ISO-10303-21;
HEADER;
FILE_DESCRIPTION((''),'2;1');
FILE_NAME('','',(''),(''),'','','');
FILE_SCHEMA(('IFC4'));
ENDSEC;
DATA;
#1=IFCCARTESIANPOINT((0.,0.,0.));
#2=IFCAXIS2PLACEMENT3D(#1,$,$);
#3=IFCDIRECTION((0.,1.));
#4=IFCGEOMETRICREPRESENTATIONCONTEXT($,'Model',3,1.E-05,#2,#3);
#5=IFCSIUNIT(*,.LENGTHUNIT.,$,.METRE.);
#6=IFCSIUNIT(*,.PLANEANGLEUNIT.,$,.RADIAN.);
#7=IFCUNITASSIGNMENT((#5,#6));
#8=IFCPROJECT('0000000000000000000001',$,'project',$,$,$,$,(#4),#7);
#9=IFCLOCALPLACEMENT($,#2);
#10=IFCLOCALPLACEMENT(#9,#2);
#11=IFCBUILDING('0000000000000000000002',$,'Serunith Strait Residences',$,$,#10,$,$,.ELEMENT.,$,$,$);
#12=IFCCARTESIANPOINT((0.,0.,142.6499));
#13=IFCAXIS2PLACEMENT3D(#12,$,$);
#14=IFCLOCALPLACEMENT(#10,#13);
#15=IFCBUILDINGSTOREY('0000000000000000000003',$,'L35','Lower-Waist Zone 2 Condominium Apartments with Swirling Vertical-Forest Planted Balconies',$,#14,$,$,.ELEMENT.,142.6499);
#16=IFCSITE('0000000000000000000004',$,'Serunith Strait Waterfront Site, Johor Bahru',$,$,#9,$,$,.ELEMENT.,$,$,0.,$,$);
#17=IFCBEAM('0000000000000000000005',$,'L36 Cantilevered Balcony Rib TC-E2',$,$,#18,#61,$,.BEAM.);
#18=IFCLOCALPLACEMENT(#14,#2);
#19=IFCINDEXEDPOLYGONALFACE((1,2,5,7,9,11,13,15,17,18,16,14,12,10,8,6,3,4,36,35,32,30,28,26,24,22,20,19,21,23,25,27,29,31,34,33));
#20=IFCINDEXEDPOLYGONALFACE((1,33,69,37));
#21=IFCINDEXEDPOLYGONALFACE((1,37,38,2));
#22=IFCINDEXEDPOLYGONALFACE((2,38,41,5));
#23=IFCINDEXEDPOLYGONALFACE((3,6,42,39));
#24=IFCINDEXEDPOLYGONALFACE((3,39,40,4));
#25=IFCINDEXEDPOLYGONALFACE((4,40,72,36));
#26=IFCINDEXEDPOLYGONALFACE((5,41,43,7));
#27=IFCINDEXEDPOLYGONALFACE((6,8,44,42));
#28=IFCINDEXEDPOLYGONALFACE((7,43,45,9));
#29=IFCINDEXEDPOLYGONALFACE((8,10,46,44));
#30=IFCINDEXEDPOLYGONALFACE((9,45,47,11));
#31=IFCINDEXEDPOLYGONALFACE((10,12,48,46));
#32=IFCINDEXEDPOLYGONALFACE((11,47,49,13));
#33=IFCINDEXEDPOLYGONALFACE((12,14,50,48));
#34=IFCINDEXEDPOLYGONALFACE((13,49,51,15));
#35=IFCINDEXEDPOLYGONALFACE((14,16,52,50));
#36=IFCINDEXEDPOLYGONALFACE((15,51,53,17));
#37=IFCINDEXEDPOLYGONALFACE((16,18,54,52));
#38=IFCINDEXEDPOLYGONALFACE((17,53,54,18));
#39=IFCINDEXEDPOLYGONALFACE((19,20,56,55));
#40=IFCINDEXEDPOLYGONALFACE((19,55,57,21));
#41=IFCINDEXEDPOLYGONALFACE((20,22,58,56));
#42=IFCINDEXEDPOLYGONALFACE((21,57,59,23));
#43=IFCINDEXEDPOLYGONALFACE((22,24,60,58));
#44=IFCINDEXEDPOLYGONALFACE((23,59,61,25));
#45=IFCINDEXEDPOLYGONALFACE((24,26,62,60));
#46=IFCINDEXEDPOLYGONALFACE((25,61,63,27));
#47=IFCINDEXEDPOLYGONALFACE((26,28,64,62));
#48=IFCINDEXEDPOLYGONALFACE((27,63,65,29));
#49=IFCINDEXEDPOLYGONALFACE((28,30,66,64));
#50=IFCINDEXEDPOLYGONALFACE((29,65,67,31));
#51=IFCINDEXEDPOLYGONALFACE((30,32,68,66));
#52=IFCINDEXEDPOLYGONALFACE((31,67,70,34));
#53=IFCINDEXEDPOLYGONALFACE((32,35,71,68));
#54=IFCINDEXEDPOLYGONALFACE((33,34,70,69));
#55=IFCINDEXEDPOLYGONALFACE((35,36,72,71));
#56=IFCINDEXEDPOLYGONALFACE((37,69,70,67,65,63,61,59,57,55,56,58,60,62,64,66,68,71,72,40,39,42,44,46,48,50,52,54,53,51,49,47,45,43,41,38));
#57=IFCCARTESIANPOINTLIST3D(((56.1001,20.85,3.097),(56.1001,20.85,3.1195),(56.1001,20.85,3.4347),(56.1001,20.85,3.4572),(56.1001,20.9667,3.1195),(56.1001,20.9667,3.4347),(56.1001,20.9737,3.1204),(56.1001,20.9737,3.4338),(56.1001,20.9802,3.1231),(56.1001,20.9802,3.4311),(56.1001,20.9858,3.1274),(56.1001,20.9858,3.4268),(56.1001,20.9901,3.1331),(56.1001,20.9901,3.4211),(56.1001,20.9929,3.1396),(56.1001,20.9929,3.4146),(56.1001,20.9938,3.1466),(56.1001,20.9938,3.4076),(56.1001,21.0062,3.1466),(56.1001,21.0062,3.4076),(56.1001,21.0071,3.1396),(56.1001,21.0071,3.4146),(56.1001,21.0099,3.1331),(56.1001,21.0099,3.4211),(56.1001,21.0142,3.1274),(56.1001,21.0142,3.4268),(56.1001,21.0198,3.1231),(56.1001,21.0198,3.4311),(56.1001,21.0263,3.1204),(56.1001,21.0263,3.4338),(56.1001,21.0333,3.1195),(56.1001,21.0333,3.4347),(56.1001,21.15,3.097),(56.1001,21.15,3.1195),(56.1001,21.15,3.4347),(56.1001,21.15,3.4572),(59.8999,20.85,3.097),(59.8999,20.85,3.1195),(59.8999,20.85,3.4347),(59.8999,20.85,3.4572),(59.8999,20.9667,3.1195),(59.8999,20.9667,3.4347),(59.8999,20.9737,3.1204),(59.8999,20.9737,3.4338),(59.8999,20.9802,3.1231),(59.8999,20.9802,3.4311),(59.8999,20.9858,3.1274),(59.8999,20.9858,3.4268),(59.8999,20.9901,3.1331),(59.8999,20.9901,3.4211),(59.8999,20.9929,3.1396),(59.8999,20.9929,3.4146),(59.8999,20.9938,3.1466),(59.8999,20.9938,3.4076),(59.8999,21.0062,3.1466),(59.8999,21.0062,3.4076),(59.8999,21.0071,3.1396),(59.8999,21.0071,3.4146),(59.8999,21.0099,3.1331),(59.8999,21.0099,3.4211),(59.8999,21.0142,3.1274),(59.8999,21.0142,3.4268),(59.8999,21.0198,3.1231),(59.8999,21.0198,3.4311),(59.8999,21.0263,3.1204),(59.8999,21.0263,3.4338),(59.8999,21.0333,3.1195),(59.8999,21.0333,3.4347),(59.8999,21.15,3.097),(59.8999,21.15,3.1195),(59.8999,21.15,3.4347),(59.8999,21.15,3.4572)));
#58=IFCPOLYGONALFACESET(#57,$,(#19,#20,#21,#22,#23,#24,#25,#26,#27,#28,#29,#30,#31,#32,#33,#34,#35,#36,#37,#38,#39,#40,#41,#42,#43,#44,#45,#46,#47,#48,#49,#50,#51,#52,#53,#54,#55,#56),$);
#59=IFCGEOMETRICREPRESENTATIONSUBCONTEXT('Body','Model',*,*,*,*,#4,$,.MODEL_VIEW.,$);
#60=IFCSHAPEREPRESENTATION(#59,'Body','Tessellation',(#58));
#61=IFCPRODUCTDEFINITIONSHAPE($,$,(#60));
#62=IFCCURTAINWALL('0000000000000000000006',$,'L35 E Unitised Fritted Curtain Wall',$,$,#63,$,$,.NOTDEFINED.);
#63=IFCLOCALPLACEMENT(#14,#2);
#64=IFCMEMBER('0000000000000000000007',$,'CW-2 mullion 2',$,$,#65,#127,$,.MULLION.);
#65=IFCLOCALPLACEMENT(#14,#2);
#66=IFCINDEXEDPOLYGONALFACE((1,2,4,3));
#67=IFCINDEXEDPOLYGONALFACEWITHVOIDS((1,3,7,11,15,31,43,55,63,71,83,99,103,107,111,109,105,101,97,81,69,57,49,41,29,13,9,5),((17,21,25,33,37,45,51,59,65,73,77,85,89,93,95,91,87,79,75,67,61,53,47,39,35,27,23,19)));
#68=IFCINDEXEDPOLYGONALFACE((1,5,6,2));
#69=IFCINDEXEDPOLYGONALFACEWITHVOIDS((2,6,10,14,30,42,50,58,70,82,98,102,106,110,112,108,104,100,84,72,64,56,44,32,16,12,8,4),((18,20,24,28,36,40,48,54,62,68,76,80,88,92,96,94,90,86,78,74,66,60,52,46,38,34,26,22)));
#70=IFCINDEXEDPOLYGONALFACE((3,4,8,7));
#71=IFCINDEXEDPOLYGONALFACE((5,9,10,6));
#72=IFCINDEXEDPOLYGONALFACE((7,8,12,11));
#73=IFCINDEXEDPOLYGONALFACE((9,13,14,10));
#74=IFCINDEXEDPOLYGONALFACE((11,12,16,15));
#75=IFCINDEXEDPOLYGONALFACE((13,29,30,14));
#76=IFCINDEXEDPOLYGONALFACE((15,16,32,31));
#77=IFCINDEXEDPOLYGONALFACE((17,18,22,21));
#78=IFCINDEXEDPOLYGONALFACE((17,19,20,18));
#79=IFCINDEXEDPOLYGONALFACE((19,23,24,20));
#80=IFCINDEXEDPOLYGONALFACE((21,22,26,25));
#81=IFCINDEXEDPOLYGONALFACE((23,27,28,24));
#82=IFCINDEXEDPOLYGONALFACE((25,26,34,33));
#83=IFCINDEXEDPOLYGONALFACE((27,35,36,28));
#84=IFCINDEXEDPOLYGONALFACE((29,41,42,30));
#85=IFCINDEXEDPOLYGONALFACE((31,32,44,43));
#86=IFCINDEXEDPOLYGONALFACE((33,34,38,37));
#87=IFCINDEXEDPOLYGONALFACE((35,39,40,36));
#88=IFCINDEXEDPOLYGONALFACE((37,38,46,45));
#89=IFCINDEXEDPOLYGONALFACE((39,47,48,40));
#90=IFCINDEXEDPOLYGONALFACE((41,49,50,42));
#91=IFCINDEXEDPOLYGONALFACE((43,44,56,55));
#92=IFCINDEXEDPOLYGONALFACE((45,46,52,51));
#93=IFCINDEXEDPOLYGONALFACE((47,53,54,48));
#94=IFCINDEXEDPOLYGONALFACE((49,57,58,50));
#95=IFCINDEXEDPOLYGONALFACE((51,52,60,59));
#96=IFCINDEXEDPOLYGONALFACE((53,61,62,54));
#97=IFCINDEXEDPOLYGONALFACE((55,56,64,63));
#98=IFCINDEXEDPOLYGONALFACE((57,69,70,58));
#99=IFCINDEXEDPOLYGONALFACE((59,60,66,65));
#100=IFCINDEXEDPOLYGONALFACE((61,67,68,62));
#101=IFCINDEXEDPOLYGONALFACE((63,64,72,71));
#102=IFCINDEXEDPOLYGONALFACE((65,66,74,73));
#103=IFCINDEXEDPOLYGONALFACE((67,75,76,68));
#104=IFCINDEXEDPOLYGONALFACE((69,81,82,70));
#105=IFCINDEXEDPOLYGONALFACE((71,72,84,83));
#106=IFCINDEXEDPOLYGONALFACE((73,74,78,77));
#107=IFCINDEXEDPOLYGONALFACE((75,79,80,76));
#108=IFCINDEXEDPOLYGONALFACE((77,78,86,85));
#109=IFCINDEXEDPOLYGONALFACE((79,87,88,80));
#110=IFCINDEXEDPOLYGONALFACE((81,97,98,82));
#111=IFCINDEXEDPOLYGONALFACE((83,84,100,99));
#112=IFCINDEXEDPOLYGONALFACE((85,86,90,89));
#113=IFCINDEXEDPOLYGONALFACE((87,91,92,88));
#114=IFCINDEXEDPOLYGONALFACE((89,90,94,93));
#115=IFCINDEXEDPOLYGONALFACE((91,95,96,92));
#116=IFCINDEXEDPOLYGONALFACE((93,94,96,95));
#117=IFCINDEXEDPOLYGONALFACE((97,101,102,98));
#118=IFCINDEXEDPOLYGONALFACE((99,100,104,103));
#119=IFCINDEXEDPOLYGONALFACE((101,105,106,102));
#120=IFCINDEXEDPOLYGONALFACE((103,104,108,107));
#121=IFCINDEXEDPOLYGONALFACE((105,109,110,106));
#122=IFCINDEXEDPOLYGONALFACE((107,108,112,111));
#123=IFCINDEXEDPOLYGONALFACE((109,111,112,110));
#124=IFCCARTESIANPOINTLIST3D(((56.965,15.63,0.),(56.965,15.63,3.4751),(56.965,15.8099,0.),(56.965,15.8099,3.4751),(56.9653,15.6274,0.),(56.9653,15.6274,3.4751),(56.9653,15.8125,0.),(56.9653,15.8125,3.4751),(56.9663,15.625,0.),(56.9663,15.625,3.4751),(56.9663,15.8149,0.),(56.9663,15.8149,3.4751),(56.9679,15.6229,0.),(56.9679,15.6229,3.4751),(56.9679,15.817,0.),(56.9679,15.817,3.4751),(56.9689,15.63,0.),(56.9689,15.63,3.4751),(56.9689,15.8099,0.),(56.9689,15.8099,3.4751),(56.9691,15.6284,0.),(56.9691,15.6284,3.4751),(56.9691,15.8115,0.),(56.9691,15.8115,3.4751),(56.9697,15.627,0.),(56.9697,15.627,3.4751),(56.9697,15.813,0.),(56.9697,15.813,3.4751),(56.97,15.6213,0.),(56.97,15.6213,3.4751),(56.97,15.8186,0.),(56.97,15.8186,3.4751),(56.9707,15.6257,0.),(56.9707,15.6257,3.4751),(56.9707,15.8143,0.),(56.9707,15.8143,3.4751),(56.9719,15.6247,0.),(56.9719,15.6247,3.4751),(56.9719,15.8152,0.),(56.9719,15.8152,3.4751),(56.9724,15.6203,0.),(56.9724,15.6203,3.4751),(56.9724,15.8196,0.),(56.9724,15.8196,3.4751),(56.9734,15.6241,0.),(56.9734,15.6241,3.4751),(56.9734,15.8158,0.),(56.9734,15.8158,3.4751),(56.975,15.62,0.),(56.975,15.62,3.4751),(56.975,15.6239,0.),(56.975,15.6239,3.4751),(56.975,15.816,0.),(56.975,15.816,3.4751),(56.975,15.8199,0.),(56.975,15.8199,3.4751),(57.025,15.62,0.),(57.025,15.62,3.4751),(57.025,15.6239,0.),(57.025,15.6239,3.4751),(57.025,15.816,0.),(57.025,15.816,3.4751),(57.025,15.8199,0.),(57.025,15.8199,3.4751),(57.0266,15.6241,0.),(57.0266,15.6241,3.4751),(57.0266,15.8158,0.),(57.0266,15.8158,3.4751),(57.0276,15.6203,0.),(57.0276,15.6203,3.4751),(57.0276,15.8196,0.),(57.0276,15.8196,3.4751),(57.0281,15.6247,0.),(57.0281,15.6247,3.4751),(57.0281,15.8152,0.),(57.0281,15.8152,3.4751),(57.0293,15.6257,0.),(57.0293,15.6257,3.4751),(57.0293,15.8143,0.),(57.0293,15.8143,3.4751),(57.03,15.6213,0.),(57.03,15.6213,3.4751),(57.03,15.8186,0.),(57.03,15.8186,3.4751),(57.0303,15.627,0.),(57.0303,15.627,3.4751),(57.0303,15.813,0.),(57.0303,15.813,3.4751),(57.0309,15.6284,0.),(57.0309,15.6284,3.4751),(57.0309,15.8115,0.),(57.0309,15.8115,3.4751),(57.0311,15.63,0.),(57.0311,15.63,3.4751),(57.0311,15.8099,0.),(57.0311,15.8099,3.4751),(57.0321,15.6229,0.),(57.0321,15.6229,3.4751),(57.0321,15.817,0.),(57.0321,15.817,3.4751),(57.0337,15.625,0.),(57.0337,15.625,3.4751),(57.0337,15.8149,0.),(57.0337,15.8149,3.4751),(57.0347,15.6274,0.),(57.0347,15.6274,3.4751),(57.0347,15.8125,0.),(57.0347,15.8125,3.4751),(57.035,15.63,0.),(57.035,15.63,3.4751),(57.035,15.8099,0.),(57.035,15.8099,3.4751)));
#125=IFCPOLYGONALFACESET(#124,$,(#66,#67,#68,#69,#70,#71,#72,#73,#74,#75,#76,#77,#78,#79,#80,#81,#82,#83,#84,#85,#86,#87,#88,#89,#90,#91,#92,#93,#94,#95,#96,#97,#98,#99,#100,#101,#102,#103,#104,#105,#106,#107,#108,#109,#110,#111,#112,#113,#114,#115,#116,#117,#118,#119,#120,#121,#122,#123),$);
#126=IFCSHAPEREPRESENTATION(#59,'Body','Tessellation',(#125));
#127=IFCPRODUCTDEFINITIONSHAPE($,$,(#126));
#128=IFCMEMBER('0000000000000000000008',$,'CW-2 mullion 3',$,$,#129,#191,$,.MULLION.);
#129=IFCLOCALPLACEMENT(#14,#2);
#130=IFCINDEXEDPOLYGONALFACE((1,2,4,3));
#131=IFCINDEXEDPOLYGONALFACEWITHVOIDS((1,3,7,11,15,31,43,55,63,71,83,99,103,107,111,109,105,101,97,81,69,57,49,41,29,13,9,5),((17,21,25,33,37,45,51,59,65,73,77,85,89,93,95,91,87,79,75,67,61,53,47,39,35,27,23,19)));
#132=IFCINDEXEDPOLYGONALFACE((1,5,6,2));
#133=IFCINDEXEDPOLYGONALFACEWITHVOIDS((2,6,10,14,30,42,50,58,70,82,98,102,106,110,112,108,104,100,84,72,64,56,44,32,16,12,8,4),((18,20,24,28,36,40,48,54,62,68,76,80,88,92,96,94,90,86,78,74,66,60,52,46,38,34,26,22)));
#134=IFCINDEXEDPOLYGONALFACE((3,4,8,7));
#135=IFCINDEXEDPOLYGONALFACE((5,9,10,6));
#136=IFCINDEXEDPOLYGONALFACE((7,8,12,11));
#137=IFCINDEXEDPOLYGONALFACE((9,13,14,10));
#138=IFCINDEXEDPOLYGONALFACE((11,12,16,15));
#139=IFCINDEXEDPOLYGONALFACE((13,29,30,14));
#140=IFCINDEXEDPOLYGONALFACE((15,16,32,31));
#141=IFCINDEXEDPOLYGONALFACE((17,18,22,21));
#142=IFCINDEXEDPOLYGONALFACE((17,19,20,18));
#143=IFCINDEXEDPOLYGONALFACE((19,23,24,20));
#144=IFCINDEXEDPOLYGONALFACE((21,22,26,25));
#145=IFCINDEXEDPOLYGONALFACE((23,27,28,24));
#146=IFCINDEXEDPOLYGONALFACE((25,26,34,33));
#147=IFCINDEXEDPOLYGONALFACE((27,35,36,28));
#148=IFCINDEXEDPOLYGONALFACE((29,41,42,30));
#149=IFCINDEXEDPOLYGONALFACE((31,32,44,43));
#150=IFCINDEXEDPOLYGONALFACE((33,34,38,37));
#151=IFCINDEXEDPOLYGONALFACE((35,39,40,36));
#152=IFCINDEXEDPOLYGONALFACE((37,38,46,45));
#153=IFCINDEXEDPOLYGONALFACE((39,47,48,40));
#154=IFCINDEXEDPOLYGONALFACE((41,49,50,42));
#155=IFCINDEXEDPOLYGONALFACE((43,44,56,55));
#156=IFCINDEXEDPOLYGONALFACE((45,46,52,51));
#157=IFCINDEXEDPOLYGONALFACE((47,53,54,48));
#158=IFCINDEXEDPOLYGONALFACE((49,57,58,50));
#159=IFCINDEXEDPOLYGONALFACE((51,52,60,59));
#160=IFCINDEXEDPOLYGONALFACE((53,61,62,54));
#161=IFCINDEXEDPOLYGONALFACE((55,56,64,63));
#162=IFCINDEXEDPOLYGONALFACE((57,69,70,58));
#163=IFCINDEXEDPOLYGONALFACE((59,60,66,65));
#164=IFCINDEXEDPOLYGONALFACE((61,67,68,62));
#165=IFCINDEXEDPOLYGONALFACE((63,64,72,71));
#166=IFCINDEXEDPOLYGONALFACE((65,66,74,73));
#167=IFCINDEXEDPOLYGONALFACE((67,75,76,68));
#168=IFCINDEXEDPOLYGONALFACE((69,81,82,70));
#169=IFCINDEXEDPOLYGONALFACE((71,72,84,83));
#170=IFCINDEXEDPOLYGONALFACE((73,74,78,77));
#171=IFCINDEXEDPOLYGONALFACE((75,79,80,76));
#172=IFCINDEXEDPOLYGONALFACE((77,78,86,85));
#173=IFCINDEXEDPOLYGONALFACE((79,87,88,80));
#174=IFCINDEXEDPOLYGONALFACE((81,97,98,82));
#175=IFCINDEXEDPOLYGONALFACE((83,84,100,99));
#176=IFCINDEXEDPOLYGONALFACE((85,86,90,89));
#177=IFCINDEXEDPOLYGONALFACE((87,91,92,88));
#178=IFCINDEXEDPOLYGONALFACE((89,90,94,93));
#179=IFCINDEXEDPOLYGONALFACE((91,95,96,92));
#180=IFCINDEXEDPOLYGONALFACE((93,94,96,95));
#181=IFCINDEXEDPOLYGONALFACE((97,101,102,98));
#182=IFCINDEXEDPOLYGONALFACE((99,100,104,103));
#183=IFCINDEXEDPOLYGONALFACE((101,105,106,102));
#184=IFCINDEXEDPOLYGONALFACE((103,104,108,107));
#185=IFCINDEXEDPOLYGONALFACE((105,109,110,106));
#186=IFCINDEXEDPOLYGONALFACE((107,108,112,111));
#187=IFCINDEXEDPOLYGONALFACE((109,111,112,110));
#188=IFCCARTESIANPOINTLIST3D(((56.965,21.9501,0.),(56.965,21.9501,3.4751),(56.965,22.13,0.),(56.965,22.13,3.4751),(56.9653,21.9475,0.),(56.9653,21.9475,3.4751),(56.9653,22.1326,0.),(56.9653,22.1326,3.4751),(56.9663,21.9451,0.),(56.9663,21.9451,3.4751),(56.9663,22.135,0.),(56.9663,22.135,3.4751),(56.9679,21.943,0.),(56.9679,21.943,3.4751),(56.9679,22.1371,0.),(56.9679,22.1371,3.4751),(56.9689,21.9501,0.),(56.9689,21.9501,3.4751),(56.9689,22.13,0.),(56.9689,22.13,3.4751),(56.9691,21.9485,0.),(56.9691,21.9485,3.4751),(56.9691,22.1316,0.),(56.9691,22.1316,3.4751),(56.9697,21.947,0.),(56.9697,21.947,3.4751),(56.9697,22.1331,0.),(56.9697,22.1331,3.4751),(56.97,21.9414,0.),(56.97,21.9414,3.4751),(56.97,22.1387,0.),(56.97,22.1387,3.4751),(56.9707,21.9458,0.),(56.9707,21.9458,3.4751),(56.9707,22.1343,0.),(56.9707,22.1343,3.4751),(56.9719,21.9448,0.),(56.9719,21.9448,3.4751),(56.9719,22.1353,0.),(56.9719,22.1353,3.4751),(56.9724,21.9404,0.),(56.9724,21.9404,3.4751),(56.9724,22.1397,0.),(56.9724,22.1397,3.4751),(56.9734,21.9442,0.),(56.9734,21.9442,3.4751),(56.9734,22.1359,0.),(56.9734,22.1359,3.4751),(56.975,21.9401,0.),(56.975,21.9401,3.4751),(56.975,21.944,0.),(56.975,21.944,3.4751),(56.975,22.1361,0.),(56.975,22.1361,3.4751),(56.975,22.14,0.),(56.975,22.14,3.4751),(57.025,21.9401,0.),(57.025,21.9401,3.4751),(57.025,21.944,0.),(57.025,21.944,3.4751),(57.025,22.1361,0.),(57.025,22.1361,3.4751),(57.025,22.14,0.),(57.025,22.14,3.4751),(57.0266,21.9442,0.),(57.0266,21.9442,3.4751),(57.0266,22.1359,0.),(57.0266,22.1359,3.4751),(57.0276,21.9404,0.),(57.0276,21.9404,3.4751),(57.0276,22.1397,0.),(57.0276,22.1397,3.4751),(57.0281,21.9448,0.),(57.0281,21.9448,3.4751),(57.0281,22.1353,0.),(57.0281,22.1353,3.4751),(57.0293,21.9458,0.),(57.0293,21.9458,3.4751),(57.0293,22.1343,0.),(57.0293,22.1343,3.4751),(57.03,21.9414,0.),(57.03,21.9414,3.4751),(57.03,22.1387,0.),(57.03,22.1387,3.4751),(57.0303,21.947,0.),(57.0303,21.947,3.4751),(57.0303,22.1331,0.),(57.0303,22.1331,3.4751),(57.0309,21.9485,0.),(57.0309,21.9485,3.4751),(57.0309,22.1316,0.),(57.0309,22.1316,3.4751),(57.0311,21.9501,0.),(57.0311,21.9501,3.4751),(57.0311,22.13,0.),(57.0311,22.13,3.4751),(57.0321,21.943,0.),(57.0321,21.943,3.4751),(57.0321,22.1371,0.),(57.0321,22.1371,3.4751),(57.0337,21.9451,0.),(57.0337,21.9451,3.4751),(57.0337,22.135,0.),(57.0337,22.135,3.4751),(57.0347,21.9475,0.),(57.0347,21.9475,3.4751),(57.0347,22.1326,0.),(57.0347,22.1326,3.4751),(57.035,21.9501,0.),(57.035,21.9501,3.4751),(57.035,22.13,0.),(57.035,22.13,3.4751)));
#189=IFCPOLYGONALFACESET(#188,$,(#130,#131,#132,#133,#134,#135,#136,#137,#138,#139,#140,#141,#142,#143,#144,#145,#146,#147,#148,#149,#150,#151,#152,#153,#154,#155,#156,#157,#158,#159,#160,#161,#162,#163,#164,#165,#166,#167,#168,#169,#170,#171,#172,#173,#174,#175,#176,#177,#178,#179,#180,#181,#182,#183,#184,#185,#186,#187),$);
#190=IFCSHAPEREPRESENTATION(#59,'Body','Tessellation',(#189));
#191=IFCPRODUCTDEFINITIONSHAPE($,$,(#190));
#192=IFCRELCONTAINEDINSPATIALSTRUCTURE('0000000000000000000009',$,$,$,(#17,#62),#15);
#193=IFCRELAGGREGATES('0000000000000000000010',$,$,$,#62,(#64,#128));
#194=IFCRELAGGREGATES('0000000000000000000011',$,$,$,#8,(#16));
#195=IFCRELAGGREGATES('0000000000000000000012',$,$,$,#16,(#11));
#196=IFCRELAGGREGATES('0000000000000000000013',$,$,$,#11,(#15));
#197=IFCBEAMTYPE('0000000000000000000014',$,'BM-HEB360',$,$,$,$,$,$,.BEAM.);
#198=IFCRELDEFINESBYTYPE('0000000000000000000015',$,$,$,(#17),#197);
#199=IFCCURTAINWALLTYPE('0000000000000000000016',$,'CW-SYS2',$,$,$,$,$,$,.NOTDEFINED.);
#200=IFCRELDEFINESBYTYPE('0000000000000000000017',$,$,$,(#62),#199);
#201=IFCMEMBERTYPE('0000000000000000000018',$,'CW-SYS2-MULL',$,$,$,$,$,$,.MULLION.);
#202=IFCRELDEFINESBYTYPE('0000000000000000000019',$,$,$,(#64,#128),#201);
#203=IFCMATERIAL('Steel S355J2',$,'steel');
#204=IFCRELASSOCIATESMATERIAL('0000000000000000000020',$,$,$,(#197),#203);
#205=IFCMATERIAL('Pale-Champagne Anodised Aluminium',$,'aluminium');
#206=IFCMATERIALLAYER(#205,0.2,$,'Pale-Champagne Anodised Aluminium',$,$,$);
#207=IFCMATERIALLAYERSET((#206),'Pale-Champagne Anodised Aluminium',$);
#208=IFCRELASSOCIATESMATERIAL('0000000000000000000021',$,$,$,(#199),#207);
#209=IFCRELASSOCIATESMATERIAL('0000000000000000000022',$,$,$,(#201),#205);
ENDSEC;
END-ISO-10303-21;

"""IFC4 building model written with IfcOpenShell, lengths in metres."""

from ifc_helpers import new_model, si_unit, direction, frame, origin, origin_2d, place, context, subcontext, project, spatial, hollow_rectangle, i_section, extrude, source, transform, mapped, material, layer, layer_set, material_profile, profile_set, type_object, element, aggregate, save


model = new_model("IFC4")

# Units and contexts
model_context = context("Model", 3, precision=1e-05, world=origin(), true_north=direction((0.0, 1.0)))
body_context = subcontext(model_context, "Body", "Model", "MODEL_VIEW")
ifc_project = project(units=[si_unit("LENGTHUNIT", "METRE"), si_unit("PLANEANGLEUNIT", "RADIAN")], contexts=[model_context])

# Site, building, storey
site_placement = place(None, origin())
site = spatial("IfcSite", under=ifc_project, at=site_placement, Name="Serunith Strait Waterfront Site, Johor Bahru", CompositionType="ELEMENT", RefElevation=0.0)
building_placement = place(site_placement, origin())
building = spatial("IfcBuilding", under=site, at=building_placement, Name="Serunith Strait Residences", CompositionType="ELEMENT")
storey_placement = place(building_placement, frame((0.0, 0.0, 142.6499)))
storey = spatial("IfcBuildingStorey", under=building, at=storey_placement, Name="L35", Description="Lower-Waist Zone 2 Condominium Apartments with Swirling Vertical-Forest Planted Balconies", CompositionType="ELEMENT", Elevation=142.6499)

# Beam
ifc_material_1 = material(Name="Steel S355J2", Category="steel")
ifc_material_profile_1 = material_profile(ifc_material_1, i_section(OverallWidth=0.3, OverallDepth=0.3601, WebThickness=0.0125, FlangeThickness=0.0225, FilletRadius=0.0271, at=origin_2d()), Name="HEB 360")
ifc_profile_set_1 = profile_set([ifc_material_profile_1], Name="Steel S355J2")
beam_type_1 = type_object("IfcBeamType", Name="BM-HEB360", PredefinedType="BEAM", material=ifc_profile_set_1)
shared_shape_1 = source(origin(), body_context, "Body", "SweptSolid", [
    extrude(i_section(OverallWidth=0.3, OverallDepth=0.3601, WebThickness=0.0125, FlangeThickness=0.0225, FilletRadius=0.0271, at=origin_2d()), origin(), (0.0, 0.0, 1.0), 3.7998),
])
beam_1_placement = place(storey_placement, frame((56.1001, 21.0, 3.2771), z_axis=(1.0, 0.0, 0.0), x_axis=(0.0, 1.0, 0.0)))
element("IfcBeam", 1, at=beam_1_placement, inside=storey, type_object=beam_type_1, Name="L36 Cantilevered Balcony Rib TC-E2", PredefinedType="BEAM", context=body_context, shape_type="MappedRepresentation", body=[
    mapped(shared_shape_1, transform((0.0, 0.0, 0.0), scale=1.0)),
])

# Curtain wall, members
ifc_material_2 = material(Name="Pale-Champagne Anodised Aluminium", Category="aluminium")
ifc_layer_1 = layer(ifc_material_2, 0.2, Name="Pale-Champagne Anodised Aluminium")
ifc_layer_set_1 = layer_set([ifc_layer_1], Name="Pale-Champagne Anodised Aluminium")
curtain_wall_type = type_object("IfcCurtainWallType", Name="CW-SYS2", PredefinedType="NOTDEFINED", material=ifc_layer_set_1)
curtain_wall_placement = place(storey_placement, origin())
curtain_wall = element("IfcCurtainWall", 2, at=curtain_wall_placement, inside=storey, type_object=curtain_wall_type, Name="L35 E Unitised Fritted Curtain Wall", PredefinedType="NOTDEFINED")
ifc_material_profile_2 = material_profile(ifc_material_2, hollow_rectangle(XDim=0.0701, YDim=0.2, WallThickness=0.0039, InnerFilletRadius=0.0061, OuterFilletRadius=0.01, at=origin_2d()), Name="ALU 200x70x4")
ifc_profile_set_2 = profile_set([ifc_material_profile_2], Name="Pale-Champagne Anodised Aluminium")
member_type_1 = type_object("IfcMemberType", Name="CW-SYS2-MULL", PredefinedType="MULLION", material=ifc_profile_set_2)
shared_shape_2 = source(origin(), body_context, "Body", "SweptSolid", [
    extrude(hollow_rectangle(XDim=0.0701, YDim=0.2, WallThickness=0.0039, InnerFilletRadius=0.0061, OuterFilletRadius=0.01, at=origin_2d()), origin(), (0.0, 0.0, 1.0), 3.4751),
])
member_1_placement = place(storey_placement, frame((57.0, 15.72, 0.0), z_axis=(0.0, 0.0, 1.0), x_axis=(-1.0, 0.0, 0.0)))
member_1 = element("IfcMember", 3, at=member_1_placement, type_object=member_type_1, Name="CW-2 mullion 2", PredefinedType="MULLION", context=body_context, shape_type="MappedRepresentation", body=[
    mapped(shared_shape_2, transform((0.0, 0.0, 0.0), scale=1.0)),
])
member_2_placement = place(storey_placement, frame((57.0, 22.04, 0.0), z_axis=(0.0, 0.0, 1.0), x_axis=(-1.0, 0.0, 0.0)))
member_2 = element("IfcMember", 4, at=member_2_placement, type_object=member_type_1, Name="CW-2 mullion 3", PredefinedType="MULLION", context=body_context, shape_type="MappedRepresentation", body=[
    mapped(shared_shape_2, transform((0.0, 0.0, 0.0), scale=1.0)),
])
aggregate(curtain_wall, [member_1, member_2])

save(model, "model.ifc")
